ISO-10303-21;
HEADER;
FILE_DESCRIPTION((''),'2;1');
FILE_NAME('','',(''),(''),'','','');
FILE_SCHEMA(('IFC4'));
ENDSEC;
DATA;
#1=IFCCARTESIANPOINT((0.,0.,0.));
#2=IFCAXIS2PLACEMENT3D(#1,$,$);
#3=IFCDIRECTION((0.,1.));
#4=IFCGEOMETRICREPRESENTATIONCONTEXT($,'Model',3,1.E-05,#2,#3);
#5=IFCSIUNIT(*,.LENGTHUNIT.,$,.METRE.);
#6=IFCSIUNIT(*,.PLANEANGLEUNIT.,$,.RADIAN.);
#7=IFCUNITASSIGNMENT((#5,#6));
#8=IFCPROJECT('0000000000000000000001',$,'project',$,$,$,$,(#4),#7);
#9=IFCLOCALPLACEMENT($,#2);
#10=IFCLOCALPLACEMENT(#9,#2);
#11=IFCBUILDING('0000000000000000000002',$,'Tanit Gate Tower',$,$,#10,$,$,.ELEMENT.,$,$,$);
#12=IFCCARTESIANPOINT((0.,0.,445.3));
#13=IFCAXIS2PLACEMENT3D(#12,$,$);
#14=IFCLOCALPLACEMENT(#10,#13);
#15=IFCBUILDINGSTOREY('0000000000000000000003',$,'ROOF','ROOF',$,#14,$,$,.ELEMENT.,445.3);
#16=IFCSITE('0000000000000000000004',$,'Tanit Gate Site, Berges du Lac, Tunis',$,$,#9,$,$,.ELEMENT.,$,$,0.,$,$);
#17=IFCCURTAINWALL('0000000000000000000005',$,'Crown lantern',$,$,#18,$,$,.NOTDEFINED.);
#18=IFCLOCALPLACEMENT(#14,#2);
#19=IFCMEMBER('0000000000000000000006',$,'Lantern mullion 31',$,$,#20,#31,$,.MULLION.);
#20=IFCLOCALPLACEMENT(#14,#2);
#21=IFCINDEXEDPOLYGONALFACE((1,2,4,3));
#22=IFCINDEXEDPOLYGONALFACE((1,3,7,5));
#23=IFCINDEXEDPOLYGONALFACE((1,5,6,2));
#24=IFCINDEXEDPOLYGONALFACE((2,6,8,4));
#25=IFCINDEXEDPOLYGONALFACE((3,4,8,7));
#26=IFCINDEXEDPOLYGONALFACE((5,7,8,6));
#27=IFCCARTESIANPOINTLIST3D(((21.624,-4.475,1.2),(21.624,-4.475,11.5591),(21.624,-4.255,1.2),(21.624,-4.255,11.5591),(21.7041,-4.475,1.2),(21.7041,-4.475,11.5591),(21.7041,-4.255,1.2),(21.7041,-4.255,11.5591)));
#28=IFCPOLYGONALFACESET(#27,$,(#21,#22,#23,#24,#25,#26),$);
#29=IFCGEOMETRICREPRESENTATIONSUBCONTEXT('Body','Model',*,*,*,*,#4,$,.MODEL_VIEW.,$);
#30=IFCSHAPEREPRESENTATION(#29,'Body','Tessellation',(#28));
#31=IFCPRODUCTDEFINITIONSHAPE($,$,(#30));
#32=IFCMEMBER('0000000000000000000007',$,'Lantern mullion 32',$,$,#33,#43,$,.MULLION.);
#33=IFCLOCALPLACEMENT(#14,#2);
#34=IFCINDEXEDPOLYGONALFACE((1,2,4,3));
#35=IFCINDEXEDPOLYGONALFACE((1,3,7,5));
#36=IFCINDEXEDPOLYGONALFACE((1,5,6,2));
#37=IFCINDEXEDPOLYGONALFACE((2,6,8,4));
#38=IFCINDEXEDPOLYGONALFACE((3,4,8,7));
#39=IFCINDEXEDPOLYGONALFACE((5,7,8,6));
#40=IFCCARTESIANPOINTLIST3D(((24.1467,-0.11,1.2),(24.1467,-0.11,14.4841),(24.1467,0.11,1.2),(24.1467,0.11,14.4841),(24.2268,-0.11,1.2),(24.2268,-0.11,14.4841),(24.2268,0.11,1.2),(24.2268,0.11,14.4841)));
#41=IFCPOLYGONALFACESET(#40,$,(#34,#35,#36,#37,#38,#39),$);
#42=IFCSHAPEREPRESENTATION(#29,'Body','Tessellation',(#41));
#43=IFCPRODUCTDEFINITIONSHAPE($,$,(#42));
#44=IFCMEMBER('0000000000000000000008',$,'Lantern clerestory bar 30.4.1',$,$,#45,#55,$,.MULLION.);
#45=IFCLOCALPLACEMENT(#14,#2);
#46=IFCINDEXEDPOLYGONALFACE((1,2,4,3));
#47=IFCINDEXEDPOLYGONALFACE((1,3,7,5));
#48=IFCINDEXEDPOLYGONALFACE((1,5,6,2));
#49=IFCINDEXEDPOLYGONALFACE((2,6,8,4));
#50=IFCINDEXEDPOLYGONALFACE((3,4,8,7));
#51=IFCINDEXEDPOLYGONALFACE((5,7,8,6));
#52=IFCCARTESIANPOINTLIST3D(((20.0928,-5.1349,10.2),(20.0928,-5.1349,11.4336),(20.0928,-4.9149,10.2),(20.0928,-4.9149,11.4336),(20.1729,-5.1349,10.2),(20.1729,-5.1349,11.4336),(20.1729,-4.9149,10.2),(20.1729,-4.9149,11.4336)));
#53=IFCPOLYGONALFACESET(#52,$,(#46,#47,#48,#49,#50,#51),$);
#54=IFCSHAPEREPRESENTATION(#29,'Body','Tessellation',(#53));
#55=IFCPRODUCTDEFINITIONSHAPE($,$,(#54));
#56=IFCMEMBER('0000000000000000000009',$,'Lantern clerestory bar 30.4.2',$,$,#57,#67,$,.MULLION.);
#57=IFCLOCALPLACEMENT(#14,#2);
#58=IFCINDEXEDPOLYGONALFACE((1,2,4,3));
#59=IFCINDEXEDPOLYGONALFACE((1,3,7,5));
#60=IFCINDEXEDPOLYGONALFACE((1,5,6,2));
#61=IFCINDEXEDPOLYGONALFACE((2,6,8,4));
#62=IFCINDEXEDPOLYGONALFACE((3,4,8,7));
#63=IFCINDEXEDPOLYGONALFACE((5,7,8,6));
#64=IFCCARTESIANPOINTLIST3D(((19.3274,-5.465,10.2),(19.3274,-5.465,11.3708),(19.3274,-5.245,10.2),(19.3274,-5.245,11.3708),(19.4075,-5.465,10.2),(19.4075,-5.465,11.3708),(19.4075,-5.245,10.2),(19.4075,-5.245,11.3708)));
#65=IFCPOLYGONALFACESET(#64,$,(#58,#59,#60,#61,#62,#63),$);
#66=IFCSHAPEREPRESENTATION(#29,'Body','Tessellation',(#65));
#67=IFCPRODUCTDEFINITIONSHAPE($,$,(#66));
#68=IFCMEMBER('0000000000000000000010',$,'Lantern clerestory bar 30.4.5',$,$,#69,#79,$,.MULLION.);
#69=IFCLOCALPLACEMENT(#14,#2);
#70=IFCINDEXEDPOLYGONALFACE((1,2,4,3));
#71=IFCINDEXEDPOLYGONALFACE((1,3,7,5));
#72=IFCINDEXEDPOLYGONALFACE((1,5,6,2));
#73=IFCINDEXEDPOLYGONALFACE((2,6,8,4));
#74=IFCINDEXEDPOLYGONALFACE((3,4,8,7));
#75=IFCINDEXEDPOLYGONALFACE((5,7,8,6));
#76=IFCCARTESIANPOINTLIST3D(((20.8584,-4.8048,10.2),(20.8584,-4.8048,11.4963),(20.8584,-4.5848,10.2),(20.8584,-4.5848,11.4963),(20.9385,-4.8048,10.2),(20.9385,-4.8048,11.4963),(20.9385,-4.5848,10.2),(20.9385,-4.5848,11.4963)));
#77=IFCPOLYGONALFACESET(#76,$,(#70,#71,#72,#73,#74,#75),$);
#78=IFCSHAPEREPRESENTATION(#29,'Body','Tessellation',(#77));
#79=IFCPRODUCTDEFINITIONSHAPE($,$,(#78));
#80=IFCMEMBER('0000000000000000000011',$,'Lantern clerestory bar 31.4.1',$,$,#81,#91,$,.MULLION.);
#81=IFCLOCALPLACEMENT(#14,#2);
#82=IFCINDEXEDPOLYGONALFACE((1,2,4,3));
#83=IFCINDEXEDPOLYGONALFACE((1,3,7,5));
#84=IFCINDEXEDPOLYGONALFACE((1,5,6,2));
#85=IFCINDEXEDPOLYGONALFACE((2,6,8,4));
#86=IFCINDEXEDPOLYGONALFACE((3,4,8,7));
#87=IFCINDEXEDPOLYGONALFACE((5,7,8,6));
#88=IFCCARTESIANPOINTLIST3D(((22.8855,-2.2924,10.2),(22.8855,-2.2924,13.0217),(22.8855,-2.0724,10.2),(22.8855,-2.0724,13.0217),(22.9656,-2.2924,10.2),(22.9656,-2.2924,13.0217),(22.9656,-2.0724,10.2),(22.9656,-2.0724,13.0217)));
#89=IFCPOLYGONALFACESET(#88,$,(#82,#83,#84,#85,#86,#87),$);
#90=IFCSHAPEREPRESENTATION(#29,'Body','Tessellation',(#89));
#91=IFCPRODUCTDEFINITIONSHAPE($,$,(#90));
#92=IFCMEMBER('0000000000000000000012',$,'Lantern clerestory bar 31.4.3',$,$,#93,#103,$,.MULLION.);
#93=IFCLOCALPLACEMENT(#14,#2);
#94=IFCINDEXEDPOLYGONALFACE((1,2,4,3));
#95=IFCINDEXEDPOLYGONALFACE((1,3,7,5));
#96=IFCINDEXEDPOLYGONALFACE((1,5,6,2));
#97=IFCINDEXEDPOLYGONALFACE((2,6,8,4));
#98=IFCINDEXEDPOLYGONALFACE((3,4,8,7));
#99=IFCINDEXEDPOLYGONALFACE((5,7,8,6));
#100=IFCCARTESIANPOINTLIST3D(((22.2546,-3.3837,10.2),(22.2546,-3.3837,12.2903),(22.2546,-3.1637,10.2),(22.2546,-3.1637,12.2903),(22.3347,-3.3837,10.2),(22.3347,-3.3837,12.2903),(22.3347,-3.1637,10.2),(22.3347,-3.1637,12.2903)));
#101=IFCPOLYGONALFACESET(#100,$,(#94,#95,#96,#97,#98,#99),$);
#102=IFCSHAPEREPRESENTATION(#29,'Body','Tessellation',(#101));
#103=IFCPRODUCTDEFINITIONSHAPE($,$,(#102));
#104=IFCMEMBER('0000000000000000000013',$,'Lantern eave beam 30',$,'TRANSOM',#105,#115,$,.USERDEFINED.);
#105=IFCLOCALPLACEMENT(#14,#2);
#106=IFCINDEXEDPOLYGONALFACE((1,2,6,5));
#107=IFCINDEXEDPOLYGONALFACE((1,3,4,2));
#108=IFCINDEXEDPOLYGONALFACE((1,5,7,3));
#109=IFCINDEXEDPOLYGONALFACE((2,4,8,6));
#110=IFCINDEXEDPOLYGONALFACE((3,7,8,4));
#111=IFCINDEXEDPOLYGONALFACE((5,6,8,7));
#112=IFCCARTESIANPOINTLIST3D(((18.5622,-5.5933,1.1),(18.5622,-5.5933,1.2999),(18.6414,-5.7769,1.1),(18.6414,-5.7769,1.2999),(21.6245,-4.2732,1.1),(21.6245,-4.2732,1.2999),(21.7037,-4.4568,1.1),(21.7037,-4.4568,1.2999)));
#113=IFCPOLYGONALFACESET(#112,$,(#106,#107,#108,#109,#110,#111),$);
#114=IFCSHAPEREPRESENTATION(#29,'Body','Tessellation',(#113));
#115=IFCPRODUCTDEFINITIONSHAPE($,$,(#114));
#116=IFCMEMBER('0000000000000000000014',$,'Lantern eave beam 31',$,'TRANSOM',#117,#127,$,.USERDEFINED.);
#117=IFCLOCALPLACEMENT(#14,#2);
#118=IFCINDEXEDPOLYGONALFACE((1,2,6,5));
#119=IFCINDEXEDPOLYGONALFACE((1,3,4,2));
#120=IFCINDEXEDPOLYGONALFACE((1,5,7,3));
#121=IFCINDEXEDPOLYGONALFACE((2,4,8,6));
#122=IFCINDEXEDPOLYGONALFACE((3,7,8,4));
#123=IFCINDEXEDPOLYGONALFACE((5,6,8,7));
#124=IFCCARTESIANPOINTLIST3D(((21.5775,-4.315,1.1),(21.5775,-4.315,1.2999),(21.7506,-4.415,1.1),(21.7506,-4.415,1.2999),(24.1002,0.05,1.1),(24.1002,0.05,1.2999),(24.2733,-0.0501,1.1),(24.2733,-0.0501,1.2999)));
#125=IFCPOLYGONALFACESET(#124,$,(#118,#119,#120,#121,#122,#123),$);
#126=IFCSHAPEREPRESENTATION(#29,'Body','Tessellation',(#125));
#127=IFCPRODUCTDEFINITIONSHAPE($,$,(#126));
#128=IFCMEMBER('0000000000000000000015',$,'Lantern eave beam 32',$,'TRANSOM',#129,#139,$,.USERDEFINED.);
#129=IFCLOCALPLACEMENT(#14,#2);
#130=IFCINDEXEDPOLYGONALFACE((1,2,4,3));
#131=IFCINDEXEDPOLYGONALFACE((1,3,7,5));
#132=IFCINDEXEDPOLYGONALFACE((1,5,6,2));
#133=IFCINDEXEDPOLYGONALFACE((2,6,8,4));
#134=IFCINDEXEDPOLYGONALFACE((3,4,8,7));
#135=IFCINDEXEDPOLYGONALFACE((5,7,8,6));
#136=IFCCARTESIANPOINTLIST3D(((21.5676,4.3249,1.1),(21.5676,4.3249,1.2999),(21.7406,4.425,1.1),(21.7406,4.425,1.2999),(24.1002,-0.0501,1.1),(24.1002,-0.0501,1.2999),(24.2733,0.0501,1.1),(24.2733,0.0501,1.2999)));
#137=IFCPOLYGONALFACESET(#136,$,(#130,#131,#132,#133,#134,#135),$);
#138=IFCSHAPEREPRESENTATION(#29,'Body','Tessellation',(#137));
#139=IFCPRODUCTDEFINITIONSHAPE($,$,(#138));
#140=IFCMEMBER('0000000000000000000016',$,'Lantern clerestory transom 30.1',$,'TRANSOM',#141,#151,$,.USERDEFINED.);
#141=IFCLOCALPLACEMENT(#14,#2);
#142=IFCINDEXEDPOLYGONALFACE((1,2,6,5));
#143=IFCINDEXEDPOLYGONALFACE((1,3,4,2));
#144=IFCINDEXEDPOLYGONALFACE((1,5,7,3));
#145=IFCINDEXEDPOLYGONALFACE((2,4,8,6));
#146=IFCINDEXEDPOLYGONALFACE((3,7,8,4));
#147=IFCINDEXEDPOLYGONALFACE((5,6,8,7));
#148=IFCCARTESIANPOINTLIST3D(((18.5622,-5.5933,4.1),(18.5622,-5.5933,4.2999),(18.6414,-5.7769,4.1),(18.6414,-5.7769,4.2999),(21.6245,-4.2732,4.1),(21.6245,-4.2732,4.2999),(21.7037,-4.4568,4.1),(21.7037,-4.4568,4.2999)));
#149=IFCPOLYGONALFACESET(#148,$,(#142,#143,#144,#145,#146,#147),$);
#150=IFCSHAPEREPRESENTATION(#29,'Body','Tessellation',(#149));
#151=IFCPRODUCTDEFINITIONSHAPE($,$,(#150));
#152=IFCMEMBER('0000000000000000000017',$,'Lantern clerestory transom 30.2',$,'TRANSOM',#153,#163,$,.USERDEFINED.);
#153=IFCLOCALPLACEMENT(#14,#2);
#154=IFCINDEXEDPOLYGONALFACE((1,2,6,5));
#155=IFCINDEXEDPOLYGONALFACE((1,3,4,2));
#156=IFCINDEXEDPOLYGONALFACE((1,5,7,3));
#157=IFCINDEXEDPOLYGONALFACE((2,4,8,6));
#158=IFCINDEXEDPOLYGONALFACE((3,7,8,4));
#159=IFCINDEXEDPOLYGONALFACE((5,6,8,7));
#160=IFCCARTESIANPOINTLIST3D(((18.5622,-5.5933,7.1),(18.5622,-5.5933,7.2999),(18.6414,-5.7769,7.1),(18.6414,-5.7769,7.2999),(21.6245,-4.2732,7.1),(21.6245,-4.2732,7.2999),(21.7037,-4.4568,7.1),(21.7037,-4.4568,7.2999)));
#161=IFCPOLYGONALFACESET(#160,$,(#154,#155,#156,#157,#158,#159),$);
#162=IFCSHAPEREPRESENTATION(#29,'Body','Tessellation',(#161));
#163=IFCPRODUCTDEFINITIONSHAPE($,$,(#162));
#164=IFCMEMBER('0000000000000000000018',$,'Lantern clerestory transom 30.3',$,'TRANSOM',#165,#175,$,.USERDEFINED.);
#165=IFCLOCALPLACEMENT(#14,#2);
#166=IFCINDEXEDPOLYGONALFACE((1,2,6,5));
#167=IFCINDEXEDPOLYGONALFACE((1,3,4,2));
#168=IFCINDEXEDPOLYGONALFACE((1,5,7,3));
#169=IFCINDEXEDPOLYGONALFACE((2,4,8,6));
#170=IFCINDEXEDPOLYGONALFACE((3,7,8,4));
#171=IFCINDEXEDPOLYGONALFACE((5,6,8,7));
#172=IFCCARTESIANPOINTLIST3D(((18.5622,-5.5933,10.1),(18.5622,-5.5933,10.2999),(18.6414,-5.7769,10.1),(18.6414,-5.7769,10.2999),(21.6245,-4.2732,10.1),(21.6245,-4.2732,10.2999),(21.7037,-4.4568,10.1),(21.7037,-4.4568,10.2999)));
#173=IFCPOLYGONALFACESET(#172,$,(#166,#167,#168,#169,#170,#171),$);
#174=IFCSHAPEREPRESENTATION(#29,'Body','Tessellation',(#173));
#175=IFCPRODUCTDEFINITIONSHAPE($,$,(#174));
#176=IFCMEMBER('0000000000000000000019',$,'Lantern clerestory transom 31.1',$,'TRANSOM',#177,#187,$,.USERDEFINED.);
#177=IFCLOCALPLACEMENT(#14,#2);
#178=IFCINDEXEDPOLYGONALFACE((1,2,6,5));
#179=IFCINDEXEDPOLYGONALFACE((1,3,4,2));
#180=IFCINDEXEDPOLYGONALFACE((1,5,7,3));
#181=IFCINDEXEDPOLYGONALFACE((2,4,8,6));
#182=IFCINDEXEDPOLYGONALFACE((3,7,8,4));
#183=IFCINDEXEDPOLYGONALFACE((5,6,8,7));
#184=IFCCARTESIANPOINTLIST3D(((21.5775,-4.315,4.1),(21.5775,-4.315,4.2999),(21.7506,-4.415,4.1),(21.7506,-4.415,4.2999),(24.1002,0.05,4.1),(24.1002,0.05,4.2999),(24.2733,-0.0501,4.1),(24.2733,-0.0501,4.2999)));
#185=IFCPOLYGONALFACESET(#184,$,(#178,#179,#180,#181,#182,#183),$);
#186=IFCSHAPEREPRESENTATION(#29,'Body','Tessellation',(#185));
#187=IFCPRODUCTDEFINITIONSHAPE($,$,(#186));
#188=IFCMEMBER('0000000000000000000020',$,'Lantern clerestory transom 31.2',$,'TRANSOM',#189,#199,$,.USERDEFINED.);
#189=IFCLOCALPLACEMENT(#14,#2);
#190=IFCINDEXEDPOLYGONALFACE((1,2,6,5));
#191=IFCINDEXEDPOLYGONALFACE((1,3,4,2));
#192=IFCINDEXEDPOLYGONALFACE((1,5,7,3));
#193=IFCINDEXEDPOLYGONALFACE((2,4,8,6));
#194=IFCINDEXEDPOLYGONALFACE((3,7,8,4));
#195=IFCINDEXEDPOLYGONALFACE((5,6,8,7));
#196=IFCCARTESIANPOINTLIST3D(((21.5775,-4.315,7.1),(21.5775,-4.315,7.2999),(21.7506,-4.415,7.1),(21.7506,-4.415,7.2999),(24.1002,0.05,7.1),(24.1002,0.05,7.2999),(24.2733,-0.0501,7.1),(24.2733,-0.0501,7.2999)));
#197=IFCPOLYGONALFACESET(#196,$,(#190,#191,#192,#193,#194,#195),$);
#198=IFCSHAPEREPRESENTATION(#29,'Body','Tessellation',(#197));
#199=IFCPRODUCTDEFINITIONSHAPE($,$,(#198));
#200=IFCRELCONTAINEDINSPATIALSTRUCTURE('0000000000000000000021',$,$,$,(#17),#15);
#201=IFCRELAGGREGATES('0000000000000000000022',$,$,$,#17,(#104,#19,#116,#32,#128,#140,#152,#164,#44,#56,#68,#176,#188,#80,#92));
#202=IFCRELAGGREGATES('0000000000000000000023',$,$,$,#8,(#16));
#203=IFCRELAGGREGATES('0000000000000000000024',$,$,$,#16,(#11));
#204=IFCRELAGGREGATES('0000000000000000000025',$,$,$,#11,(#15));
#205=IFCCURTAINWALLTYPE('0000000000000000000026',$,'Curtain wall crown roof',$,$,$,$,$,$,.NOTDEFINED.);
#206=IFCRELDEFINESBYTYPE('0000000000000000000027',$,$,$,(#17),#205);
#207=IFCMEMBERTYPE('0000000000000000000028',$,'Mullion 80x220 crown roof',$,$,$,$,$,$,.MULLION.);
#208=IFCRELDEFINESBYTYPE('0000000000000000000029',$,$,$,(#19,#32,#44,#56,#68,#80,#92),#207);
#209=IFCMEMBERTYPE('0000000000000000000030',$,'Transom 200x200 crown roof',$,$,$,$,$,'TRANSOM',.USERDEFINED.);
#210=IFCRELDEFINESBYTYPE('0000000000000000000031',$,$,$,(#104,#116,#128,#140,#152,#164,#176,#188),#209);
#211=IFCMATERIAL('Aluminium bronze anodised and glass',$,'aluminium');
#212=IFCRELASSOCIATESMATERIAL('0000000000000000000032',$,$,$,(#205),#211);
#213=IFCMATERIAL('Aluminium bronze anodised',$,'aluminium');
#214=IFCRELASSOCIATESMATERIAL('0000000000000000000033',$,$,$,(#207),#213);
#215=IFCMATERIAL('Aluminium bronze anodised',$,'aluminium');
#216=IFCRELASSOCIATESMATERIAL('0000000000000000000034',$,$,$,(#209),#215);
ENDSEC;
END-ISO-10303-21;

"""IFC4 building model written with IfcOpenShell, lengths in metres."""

from ifc_helpers import new_model, si_unit, direction, frame, origin, origin_2d, place, context, subcontext, project, spatial, rectangle, extrude, material, material_profile, profile_set, type_object, element, aggregate, save


model = new_model("IFC4")

# Units and contexts
model_context = context("Model", 3, precision=1e-05, world=origin(), true_north=direction((0.0, 1.0)))
body_context = subcontext(model_context, "Body", "Model", "MODEL_VIEW")
ifc_project = project(units=[si_unit("LENGTHUNIT", "METRE"), si_unit("PLANEANGLEUNIT", "RADIAN")], contexts=[model_context])

# Site, building, storey
site_placement = place(None, origin())
site = spatial("IfcSite", under=ifc_project, at=site_placement, Name="Tanit Gate Site, Berges du Lac, Tunis", CompositionType="ELEMENT", RefElevation=0.0)
building_placement = place(site_placement, origin())
building = spatial("IfcBuilding", under=site, at=building_placement, Name="Tanit Gate Tower", CompositionType="ELEMENT")
storey_placement = place(building_placement, frame((0.0, 0.0, 445.3)))
storey = spatial("IfcBuildingStorey", under=building, at=storey_placement, Name="ROOF", Description="ROOF", CompositionType="ELEMENT", Elevation=445.3)

# Curtain wall, members
ifc_material_1 = material(Name="Aluminium bronze anodised and glass", Category="aluminium")
curtain_wall_type = type_object("IfcCurtainWallType", Name="Curtain wall crown roof", PredefinedType="NOTDEFINED", material=ifc_material_1)
curtain_wall_placement = place(storey_placement, origin())
curtain_wall = element("IfcCurtainWall", 1, at=curtain_wall_placement, inside=storey, type_object=curtain_wall_type, Name="Crown lantern", PredefinedType="NOTDEFINED")
ifc_material_2 = material(Name="Aluminium bronze anodised", Category="aluminium")
ifc_material_profile_1 = material_profile(ifc_material_2, rectangle(XDim=0.0801, YDim=0.22, at=origin_2d()), Name="80x220 bronze rafter")
ifc_profile_set_1 = profile_set([ifc_material_profile_1], Name="Aluminium bronze anodised")
member_type_1 = type_object("IfcMemberType", Name="Mullion 80x220 crown roof", PredefinedType="MULLION", material=ifc_profile_set_1)
member_1_placement = place(storey_placement, frame((21.6641, -4.365, 1.2), z_axis=(0.0, 0.0, 1.0), x_axis=(1.0, 0.0, 0.0)))
member_1 = element("IfcMember", 2, at=member_1_placement, type_object=member_type_1, Name="Lantern mullion 31", PredefinedType="MULLION", context=body_context, shape_type="SweptSolid", body=[
    extrude(rectangle(XDim=0.0801, YDim=0.22, at=origin_2d()), origin(), (0.0, 0.0, 1.0), 10.3591),
])
member_2_placement = place(storey_placement, frame((24.1868, 0.0, 1.2), z_axis=(0.0, 0.0, 1.0), x_axis=(1.0, 0.0, 0.0)))
member_2 = element("IfcMember", 3, at=member_2_placement, type_object=member_type_1, Name="Lantern mullion 32", PredefinedType="MULLION", context=body_context, shape_type="SweptSolid", body=[
    extrude(rectangle(XDim=0.0801, YDim=0.22, at=origin_2d()), origin(), (0.0, 0.0, 1.0), 13.2842),
])
member_3_placement = place(storey_placement, frame((20.1328, -5.0249, 10.2), z_axis=(0.0, 0.0, 1.0), x_axis=(1.0, 0.0, 0.0)))
member_3 = element("IfcMember", 4, at=member_3_placement, type_object=member_type_1, Name="Lantern clerestory bar 30.4.1", PredefinedType="MULLION", context=body_context, shape_type="SweptSolid", body=[
    extrude(rectangle(XDim=0.0801, YDim=0.22, at=origin_2d()), origin(), (0.0, 0.0, 1.0), 1.2336),
])
member_4_placement = place(storey_placement, frame((19.3674, -5.355, 10.2), z_axis=(0.0, 0.0, 1.0), x_axis=(1.0, 0.0, 0.0)))
member_4 = element("IfcMember", 5, at=member_4_placement, type_object=member_type_1, Name="Lantern clerestory bar 30.4.2", PredefinedType="MULLION", context=body_context, shape_type="SweptSolid", body=[
    extrude(rectangle(XDim=0.0801, YDim=0.22, at=origin_2d()), origin(), (0.0, 0.0, 1.0), 1.1709),
])
member_5_placement = place(storey_placement, frame((20.8984, -4.6948, 10.2), z_axis=(0.0, 0.0, 1.0), x_axis=(1.0, 0.0, 0.0)))
member_5 = element("IfcMember", 6, at=member_5_placement, type_object=member_type_1, Name="Lantern clerestory bar 30.4.5", PredefinedType="MULLION", context=body_context, shape_type="SweptSolid", body=[
    extrude(rectangle(XDim=0.0801, YDim=0.22, at=origin_2d()), origin(), (0.0, 0.0, 1.0), 1.2964),
])
member_6_placement = place(storey_placement, frame((22.9255, -2.1824, 10.2), z_axis=(0.0, 0.0, 1.0), x_axis=(1.0, 0.0, 0.0)))
member_6 = element("IfcMember", 7, at=member_6_placement, type_object=member_type_1, Name="Lantern clerestory bar 31.4.1", PredefinedType="MULLION", context=body_context, shape_type="SweptSolid", body=[
    extrude(rectangle(XDim=0.0801, YDim=0.22, at=origin_2d()), origin(), (0.0, 0.0, 1.0), 2.8218),
])
member_7_placement = place(storey_placement, frame((22.2947, -3.2737, 10.2), z_axis=(0.0, 0.0, 1.0), x_axis=(1.0, 0.0, 0.0)))
member_7 = element("IfcMember", 8, at=member_7_placement, type_object=member_type_1, Name="Lantern clerestory bar 31.4.3", PredefinedType="MULLION", context=body_context, shape_type="SweptSolid", body=[
    extrude(rectangle(XDim=0.0801, YDim=0.22, at=origin_2d()), origin(), (0.0, 0.0, 1.0), 2.0903),
])
ifc_material_3 = material(Name="Aluminium bronze anodised", Category="aluminium")
ifc_material_profile_2 = material_profile(ifc_material_3, rectangle(XDim=0.2, YDim=0.2, at=origin_2d()), Name="200x200 bronze transom")
ifc_profile_set_2 = profile_set([ifc_material_profile_2], Name="Aluminium bronze anodised")
member_type_2 = type_object("IfcMemberType", Name="Transom 200x200 crown roof", ElementType="TRANSOM", PredefinedType="USERDEFINED", material=ifc_profile_set_2)
member_8_placement = place(storey_placement, frame((18.6018, -5.6851, 1.2), z_axis=(0.91831, 0.395862, 0.0), x_axis=(-0.395862, 0.91831, 0.0)))
member_8 = element("IfcMember", 9, at=member_8_placement, type_object=member_type_2, Name="Lantern eave beam 30", ObjectType="TRANSOM", PredefinedType="USERDEFINED", context=body_context, shape_type="SweptSolid", body=[
    extrude(rectangle(XDim=0.2, YDim=0.2, at=origin_2d()), origin(), (0.0, 0.0, 1.0), 3.3347),
])
member_9_placement = place(storey_placement, frame((21.6641, -4.365, 1.2), z_axis=(0.500383, 0.865804, 0.0), x_axis=(-0.865804, 0.500383, 0.0)))
member_9 = element("IfcMember", 10, at=member_9_placement, type_object=member_type_2, Name="Lantern eave beam 31", ObjectType="TRANSOM", PredefinedType="USERDEFINED", context=body_context, shape_type="SweptSolid", body=[
    extrude(rectangle(XDim=0.2, YDim=0.2, at=origin_2d()), origin(), (0.0, 0.0, 1.0), 5.0415),
])
member_10_placement = place(storey_placement, frame((24.1868, 0.0, 1.2), z_axis=(-0.50101, 0.865442, 0.0), x_axis=(-0.865442, -0.50101, 0.0)))
member_10 = element("IfcMember", 11, at=member_10_placement, type_object=member_type_2, Name="Lantern eave beam 32", ObjectType="TRANSOM", PredefinedType="USERDEFINED", context=body_context, shape_type="SweptSolid", body=[
    extrude(rectangle(XDim=0.2, YDim=0.2, at=origin_2d()), origin(), (0.0, 0.0, 1.0), 5.0552),
])
member_11_placement = place(storey_placement, frame((18.6018, -5.6851, 4.2), z_axis=(0.91831, 0.395862, 0.0), x_axis=(-0.395862, 0.91831, 0.0)))
member_11 = element("IfcMember", 12, at=member_11_placement, type_object=member_type_2, Name="Lantern clerestory transom 30.1", ObjectType="TRANSOM", PredefinedType="USERDEFINED", context=body_context, shape_type="SweptSolid", body=[
    extrude(rectangle(XDim=0.2, YDim=0.2, at=origin_2d()), origin(), (0.0, 0.0, 1.0), 3.3347),
])
member_12_placement = place(storey_placement, frame((18.6018, -5.6851, 7.2), z_axis=(0.91831, 0.395862, 0.0), x_axis=(-0.395862, 0.91831, 0.0)))
member_12 = element("IfcMember", 13, at=member_12_placement, type_object=member_type_2, Name="Lantern clerestory transom 30.2", ObjectType="TRANSOM", PredefinedType="USERDEFINED", context=body_context, shape_type="SweptSolid", body=[
    extrude(rectangle(XDim=0.2, YDim=0.2, at=origin_2d()), origin(), (0.0, 0.0, 1.0), 3.3347),
])
member_13_placement = place(storey_placement, frame((18.6018, -5.6851, 10.2), z_axis=(0.91831, 0.395862, 0.0), x_axis=(-0.395862, 0.91831, 0.0)))
member_13 = element("IfcMember", 14, at=member_13_placement, type_object=member_type_2, Name="Lantern clerestory transom 30.3", ObjectType="TRANSOM", PredefinedType="USERDEFINED", context=body_context, shape_type="SweptSolid", body=[
    extrude(rectangle(XDim=0.2, YDim=0.2, at=origin_2d()), origin(), (0.0, 0.0, 1.0), 3.3347),
])
member_14_placement = place(storey_placement, frame((21.6641, -4.365, 4.2), z_axis=(0.500383, 0.865804, 0.0), x_axis=(-0.865804, 0.500383, 0.0)))
member_14 = element("IfcMember", 15, at=member_14_placement, type_object=member_type_2, Name="Lantern clerestory transom 31.1", ObjectType="TRANSOM", PredefinedType="USERDEFINED", context=body_context, shape_type="SweptSolid", body=[
    extrude(rectangle(XDim=0.2, YDim=0.2, at=origin_2d()), origin(), (0.0, 0.0, 1.0), 5.0415),
])
member_15_placement = place(storey_placement, frame((21.6641, -4.365, 7.2), z_axis=(0.500383, 0.865804, 0.0), x_axis=(-0.865804, 0.500383, 0.0)))
member_15 = element("IfcMember", 16, at=member_15_placement, type_object=member_type_2, Name="Lantern clerestory transom 31.2", ObjectType="TRANSOM", PredefinedType="USERDEFINED", context=body_context, shape_type="SweptSolid", body=[
    extrude(rectangle(XDim=0.2, YDim=0.2, at=origin_2d()), origin(), (0.0, 0.0, 1.0), 5.0415),
])
aggregate(curtain_wall, [member_8, member_1, member_9, member_2, member_10, member_11, member_12, member_13, member_3, member_4, member_5, member_14, member_15, member_6, member_7])

save(model, "model.ifc")
